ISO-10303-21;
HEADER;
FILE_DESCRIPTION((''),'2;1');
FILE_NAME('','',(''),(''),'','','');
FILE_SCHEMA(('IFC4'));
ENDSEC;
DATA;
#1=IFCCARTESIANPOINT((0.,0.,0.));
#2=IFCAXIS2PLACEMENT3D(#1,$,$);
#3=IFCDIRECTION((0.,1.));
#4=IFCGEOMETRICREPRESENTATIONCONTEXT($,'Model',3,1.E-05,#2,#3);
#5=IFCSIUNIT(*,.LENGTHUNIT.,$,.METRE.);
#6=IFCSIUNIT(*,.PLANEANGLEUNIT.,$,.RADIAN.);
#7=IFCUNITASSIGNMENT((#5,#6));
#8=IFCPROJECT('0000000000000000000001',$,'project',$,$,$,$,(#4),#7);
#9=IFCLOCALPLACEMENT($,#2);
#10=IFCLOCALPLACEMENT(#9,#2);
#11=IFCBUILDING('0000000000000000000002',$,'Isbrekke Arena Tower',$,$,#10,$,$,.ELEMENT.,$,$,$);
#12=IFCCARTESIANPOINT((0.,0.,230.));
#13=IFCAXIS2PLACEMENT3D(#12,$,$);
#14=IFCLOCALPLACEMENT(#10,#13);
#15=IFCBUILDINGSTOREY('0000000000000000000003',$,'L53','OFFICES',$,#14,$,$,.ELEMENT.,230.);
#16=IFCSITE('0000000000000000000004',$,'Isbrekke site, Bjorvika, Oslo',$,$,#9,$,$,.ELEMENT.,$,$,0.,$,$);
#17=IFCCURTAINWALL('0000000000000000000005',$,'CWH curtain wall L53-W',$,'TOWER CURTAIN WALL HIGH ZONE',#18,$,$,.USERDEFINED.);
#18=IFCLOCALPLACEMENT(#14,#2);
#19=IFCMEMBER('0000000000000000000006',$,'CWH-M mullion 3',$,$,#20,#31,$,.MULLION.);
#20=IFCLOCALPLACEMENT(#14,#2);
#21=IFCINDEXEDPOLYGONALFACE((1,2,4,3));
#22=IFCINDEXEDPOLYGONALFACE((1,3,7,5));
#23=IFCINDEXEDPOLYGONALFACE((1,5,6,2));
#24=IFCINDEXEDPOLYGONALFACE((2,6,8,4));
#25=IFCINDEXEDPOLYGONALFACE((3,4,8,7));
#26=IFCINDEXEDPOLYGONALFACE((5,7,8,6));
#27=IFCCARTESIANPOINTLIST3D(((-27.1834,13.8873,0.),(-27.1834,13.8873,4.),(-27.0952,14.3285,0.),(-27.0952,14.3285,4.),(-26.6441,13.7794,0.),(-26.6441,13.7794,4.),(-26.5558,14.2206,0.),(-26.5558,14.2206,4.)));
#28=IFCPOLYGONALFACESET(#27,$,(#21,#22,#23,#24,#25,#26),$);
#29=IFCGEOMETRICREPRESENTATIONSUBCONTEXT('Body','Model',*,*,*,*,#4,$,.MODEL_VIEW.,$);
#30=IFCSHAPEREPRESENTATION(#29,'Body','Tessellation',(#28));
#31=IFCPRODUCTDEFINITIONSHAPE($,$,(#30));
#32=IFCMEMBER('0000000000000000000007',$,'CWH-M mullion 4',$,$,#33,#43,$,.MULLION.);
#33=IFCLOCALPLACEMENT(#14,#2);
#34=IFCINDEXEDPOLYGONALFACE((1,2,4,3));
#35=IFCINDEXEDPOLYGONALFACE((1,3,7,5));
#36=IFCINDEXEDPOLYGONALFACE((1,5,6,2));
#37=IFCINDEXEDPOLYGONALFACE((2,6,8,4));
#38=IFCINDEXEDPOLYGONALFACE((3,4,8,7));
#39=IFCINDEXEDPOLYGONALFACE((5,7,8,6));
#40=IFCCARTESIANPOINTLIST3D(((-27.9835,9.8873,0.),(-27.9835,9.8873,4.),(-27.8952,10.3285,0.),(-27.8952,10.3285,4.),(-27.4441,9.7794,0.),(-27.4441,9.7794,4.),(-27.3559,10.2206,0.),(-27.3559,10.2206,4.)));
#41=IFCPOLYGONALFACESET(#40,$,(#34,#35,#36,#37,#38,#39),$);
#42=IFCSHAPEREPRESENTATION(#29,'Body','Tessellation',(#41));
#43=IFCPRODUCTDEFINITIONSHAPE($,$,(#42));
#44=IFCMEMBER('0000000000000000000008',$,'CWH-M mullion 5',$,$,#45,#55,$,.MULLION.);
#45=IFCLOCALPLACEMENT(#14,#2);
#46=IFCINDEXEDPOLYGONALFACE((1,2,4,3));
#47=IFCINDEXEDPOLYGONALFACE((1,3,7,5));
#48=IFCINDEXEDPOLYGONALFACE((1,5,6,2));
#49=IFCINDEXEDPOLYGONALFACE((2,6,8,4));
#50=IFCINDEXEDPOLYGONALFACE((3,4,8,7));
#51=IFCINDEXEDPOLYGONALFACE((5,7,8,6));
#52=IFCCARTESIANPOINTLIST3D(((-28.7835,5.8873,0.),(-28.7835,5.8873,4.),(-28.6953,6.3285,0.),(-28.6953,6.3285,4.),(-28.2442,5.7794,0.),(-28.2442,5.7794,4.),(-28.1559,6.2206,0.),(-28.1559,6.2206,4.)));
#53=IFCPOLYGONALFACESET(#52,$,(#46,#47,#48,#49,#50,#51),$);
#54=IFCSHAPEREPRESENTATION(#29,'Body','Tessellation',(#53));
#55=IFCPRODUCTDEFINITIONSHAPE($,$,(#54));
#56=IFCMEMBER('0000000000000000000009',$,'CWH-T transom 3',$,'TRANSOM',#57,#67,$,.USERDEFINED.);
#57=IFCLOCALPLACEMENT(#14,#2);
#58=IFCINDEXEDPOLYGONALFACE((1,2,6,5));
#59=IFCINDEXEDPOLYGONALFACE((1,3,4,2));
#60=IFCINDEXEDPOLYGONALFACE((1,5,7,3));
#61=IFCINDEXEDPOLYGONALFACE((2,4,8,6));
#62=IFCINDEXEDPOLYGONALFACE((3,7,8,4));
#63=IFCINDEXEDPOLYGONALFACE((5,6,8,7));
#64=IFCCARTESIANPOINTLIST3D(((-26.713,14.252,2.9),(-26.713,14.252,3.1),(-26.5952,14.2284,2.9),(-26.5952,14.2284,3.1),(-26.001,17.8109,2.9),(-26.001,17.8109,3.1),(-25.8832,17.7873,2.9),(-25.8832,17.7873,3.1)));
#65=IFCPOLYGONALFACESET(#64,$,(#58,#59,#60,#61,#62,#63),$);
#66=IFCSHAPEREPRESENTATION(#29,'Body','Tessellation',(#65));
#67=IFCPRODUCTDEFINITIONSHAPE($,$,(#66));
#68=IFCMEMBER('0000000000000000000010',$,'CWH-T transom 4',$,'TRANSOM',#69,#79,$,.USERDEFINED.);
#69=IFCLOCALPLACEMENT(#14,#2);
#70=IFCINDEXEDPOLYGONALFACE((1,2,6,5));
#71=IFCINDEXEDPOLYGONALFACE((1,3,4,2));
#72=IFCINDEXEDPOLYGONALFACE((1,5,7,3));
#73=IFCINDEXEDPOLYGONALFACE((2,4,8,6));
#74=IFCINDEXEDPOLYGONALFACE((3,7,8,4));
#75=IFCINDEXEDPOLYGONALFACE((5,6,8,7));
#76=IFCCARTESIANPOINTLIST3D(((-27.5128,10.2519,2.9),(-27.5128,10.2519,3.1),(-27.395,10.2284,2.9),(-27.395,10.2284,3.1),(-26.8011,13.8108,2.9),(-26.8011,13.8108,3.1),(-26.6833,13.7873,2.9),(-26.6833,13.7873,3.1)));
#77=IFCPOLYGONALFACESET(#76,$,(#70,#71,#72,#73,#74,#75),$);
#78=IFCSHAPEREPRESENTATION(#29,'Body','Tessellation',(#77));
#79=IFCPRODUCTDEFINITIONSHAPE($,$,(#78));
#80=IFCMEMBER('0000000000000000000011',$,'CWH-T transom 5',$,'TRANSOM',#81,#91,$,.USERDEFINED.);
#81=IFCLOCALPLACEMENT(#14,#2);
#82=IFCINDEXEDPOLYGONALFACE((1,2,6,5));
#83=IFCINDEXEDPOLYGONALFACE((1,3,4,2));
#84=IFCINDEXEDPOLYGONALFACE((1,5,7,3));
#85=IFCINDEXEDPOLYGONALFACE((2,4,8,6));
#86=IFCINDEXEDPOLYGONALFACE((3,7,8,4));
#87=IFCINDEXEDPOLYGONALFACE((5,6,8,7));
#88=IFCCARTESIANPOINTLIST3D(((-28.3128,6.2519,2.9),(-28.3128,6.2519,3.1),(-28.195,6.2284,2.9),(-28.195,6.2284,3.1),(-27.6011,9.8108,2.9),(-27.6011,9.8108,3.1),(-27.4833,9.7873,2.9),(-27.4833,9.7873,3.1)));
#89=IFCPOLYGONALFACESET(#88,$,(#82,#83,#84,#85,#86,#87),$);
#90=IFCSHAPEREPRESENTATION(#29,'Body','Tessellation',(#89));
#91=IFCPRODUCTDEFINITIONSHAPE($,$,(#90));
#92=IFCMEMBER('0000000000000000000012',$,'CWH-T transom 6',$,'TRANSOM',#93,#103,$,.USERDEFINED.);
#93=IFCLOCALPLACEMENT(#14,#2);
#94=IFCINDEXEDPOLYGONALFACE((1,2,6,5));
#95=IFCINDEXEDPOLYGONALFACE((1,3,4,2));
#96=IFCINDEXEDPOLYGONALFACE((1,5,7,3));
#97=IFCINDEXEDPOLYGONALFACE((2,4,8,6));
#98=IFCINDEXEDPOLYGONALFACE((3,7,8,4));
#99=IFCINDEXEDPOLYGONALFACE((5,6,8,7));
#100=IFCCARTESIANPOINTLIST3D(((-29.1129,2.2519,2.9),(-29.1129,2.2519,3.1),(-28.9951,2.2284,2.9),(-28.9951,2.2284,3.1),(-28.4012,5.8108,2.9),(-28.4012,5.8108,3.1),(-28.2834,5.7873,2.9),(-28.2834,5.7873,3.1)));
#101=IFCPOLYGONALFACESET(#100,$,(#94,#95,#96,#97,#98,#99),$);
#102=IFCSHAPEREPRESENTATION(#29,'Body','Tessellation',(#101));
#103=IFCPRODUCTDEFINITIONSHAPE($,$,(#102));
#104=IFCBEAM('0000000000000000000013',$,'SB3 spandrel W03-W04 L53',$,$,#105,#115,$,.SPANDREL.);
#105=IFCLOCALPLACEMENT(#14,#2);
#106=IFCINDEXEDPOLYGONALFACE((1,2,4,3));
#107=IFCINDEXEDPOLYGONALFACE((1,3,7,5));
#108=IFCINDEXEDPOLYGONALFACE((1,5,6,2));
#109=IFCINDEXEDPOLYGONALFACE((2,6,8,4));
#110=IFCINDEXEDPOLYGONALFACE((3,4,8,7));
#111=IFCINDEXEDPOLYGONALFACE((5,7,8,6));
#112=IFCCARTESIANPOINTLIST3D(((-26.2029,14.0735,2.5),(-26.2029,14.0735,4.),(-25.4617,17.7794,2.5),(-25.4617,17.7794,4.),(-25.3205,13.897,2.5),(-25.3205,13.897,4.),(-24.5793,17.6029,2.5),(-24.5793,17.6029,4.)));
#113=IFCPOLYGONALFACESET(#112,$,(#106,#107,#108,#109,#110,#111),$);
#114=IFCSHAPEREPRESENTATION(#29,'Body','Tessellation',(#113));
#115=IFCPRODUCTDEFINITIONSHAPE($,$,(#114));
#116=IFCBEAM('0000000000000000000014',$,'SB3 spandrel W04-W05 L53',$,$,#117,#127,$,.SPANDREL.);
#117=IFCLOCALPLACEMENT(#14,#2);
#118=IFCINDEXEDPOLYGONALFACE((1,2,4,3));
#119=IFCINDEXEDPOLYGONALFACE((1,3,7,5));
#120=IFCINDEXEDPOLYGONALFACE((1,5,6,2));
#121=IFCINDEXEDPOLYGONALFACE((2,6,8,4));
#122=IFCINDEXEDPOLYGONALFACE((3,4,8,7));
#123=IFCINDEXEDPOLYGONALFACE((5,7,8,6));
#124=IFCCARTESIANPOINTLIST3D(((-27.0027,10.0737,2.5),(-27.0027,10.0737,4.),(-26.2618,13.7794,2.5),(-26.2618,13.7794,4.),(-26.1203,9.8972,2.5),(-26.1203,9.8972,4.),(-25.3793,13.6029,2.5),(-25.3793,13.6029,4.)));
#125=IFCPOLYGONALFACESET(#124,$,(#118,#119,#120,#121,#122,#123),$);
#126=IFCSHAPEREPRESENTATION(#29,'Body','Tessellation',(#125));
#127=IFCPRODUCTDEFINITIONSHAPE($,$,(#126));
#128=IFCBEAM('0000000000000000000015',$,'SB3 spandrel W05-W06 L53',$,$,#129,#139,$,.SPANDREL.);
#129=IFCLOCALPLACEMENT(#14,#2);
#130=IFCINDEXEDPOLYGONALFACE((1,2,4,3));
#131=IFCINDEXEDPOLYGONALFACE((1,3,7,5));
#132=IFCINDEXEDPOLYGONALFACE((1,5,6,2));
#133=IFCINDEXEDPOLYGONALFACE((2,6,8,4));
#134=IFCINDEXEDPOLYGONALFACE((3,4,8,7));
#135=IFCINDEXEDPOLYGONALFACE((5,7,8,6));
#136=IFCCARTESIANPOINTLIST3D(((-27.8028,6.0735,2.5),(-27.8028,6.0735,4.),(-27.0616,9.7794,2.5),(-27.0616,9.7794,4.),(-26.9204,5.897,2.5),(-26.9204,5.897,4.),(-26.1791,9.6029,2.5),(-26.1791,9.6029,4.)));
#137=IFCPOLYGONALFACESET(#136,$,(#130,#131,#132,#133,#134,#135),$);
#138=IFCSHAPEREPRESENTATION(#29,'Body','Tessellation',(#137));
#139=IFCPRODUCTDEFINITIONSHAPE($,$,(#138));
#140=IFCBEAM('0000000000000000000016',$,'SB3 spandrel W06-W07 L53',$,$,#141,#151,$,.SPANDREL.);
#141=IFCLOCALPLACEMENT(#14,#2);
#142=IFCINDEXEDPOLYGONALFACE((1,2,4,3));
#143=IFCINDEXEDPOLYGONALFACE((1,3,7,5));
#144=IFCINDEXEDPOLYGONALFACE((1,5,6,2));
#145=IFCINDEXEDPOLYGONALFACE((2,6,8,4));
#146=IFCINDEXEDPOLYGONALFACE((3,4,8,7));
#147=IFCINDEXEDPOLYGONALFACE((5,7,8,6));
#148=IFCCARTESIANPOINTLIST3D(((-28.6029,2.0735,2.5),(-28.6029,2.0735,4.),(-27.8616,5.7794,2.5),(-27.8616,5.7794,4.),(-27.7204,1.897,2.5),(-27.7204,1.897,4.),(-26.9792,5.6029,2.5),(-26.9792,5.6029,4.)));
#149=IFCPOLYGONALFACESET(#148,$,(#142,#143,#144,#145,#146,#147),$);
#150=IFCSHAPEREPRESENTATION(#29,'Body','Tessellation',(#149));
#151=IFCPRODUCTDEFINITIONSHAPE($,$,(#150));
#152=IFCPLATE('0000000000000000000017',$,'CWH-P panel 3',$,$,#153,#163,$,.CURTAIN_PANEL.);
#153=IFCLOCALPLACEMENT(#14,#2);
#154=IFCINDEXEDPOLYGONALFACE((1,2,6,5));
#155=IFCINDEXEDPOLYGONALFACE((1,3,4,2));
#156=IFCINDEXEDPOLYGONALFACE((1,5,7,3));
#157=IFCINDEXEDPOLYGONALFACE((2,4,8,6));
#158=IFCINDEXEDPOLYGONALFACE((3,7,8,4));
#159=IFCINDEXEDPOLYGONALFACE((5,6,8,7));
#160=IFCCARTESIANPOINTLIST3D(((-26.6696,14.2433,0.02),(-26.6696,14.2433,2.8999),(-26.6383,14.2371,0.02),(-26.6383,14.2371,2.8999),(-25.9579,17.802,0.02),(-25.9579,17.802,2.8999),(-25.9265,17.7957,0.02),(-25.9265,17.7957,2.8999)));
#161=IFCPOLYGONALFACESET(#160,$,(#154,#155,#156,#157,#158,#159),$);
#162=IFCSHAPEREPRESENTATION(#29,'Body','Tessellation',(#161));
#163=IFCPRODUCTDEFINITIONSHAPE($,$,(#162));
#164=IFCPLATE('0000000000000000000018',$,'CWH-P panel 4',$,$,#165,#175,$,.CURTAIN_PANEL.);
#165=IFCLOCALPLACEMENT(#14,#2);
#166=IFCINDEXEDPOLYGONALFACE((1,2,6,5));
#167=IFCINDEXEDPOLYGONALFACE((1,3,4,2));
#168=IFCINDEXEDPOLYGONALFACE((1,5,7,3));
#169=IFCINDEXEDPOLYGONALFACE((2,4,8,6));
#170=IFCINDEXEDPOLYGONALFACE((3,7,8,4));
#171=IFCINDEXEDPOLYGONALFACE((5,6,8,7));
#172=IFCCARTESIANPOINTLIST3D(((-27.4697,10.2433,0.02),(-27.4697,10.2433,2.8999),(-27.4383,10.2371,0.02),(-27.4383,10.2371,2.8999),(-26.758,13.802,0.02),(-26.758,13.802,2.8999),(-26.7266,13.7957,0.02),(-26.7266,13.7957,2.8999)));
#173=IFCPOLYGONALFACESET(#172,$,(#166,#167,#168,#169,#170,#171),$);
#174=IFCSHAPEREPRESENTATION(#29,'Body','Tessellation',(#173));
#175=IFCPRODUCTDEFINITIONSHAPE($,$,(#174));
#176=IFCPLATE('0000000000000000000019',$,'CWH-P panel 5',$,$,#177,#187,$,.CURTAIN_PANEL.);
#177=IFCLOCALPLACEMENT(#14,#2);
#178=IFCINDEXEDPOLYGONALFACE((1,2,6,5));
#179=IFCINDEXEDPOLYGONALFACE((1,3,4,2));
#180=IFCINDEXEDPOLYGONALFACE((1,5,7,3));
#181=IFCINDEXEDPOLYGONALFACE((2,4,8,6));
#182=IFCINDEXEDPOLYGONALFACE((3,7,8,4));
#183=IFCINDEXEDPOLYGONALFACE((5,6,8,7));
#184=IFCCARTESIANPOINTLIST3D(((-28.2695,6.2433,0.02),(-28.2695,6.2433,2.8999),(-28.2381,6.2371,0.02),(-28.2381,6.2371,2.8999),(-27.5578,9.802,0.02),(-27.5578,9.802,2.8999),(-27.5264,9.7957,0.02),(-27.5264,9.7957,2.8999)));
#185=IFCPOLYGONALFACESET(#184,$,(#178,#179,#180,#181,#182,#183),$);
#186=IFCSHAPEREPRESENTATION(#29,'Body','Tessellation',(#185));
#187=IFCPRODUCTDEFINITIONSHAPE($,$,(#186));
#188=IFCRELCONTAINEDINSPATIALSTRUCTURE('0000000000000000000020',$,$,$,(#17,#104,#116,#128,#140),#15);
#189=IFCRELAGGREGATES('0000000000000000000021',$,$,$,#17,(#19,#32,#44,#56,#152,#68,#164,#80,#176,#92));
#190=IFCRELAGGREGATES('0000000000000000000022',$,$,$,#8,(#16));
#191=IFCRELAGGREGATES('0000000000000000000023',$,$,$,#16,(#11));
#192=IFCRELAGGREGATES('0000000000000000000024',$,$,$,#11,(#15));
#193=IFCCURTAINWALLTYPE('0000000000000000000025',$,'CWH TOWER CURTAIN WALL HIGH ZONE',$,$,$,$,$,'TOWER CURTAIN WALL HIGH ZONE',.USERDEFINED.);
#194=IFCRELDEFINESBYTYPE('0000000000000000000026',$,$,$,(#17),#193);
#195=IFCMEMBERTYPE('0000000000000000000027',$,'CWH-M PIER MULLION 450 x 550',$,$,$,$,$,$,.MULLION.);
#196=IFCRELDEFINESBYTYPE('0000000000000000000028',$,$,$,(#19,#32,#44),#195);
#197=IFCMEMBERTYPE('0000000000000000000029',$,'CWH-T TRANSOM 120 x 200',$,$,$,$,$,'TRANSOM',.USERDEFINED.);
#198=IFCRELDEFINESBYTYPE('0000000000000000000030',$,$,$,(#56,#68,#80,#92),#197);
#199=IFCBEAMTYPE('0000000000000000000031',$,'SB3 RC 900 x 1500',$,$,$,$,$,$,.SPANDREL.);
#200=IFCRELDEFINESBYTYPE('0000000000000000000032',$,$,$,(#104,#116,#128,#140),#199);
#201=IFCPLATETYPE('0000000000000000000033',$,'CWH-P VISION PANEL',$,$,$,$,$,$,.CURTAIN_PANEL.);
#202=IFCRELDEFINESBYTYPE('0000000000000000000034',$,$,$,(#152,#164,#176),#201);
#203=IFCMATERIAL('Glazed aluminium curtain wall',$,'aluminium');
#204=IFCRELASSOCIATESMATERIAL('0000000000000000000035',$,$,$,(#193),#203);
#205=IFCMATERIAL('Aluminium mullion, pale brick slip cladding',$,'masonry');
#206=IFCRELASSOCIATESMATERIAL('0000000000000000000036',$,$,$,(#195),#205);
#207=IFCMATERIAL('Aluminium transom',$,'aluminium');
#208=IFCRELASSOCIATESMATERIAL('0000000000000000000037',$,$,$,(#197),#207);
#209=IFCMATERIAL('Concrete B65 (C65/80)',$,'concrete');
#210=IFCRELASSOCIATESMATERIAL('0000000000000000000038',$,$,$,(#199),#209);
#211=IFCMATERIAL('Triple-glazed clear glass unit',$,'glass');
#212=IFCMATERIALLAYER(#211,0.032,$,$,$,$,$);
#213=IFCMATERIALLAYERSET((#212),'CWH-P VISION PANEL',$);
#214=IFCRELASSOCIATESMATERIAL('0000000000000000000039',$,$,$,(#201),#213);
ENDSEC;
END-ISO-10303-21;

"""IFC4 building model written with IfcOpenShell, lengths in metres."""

from ifc_helpers import new_model, si_unit, direction, frame, origin, origin_2d, place, context, subcontext, project, spatial, rectangle, extrude, material, layer, layer_set, material_profile, profile_set, type_object, element, aggregate, save


model = new_model("IFC4")

# Units and contexts
model_context = context("Model", 3, precision=1e-05, world=origin(), true_north=direction((0.0, 1.0)))
body_context = subcontext(model_context, "Body", "Model", "MODEL_VIEW")
ifc_project = project(units=[si_unit("LENGTHUNIT", "METRE"), si_unit("PLANEANGLEUNIT", "RADIAN")], contexts=[model_context])

# Site, building, storey
site_placement = place(None, origin())
site = spatial("IfcSite", under=ifc_project, at=site_placement, Name="Isbrekke site, Bjorvika, Oslo", CompositionType="ELEMENT", RefElevation=0.0)
building_placement = place(site_placement, origin())
building = spatial("IfcBuilding", under=site, at=building_placement, Name="Isbrekke Arena Tower", CompositionType="ELEMENT")
storey_placement = place(building_placement, frame((0.0, 0.0, 230.0)))
storey = spatial("IfcBuildingStorey", under=building, at=storey_placement, Name="L53", Description="OFFICES", CompositionType="ELEMENT", Elevation=230.0)

# Curtain wall, members
ifc_material_1 = material(Name="Glazed aluminium curtain wall", Category="aluminium")
curtain_wall_type = type_object("IfcCurtainWallType", Name="CWH TOWER CURTAIN WALL HIGH ZONE", ElementType="TOWER CURTAIN WALL HIGH ZONE", PredefinedType="USERDEFINED", material=ifc_material_1)
curtain_wall_placement = place(storey_placement, origin())
curtain_wall = element("IfcCurtainWall", 1, at=curtain_wall_placement, inside=storey, type_object=curtain_wall_type, Name="CWH curtain wall L53-W", ObjectType="TOWER CURTAIN WALL HIGH ZONE", PredefinedType="USERDEFINED")
ifc_material_2 = material(Name="Aluminium mullion, pale brick slip cladding", Category="masonry")
ifc_material_profile_1 = material_profile(ifc_material_2, rectangle(XDim=0.45, YDim=0.55, at=origin_2d()), Name="PIER 450X550")
ifc_profile_set_1 = profile_set([ifc_material_profile_1], Name="Aluminium mullion, pale brick slip cladding")
member_type_1 = type_object("IfcMemberType", Name="CWH-M PIER MULLION 450 x 550", PredefinedType="MULLION", material=ifc_profile_set_1)
member_1_placement = place(storey_placement, frame((-26.8696, 14.054, 0.0), z_axis=(0.0, 0.0, 1.0), x_axis=(-0.196116, -0.980581, 0.0)))
member_1 = element("IfcMember", 2, at=member_1_placement, type_object=member_type_1, Name="CWH-M mullion 3", PredefinedType="MULLION", context=body_context, shape_type="SweptSolid", body=[
    extrude(rectangle(XDim=0.45, YDim=0.55, at=origin_2d()), origin(), (0.0, 0.0, 1.0), 4.0),
])
member_2_placement = place(storey_placement, frame((-27.6697, 10.054, 0.0), z_axis=(0.0, 0.0, 1.0), x_axis=(-0.196116, -0.980581, 0.0)))
member_2 = element("IfcMember", 3, at=member_2_placement, type_object=member_type_1, Name="CWH-M mullion 4", PredefinedType="MULLION", context=body_context, shape_type="SweptSolid", body=[
    extrude(rectangle(XDim=0.45, YDim=0.55, at=origin_2d()), origin(), (0.0, 0.0, 1.0), 4.0),
])
member_3_placement = place(storey_placement, frame((-28.4697, 6.054, 0.0), z_axis=(0.0, 0.0, 1.0), x_axis=(-0.196116, -0.980581, 0.0)))
member_3 = element("IfcMember", 4, at=member_3_placement, type_object=member_type_1, Name="CWH-M mullion 5", PredefinedType="MULLION", context=body_context, shape_type="SweptSolid", body=[
    extrude(rectangle(XDim=0.45, YDim=0.55, at=origin_2d()), origin(), (0.0, 0.0, 1.0), 4.0),
])
ifc_material_3 = material(Name="Aluminium transom", Category="aluminium")
ifc_material_profile_2 = material_profile(ifc_material_3, rectangle(XDim=0.1201, YDim=0.2, at=origin_2d()), Name="TRANSOM 120X200")
ifc_profile_set_2 = profile_set([ifc_material_profile_2], Name="Aluminium transom")
member_type_2 = type_object("IfcMemberType", Name="CWH-T TRANSOM 120 x 200", ElementType="TRANSOM", PredefinedType="USERDEFINED", material=ifc_profile_set_2)
member_4_placement = place(storey_placement, frame((-25.9421, 17.7991, 3.0), z_axis=(-0.196155, -0.980573, 0.0), x_axis=(0.980573, -0.196155, 0.0)))
member_4 = element("IfcMember", 5, at=member_4_placement, type_object=member_type_2, Name="CWH-T transom 3", ObjectType="TRANSOM", PredefinedType="USERDEFINED", context=body_context, shape_type="SweptSolid", body=[
    extrude(rectangle(XDim=0.1201, YDim=0.2, at=origin_2d()), origin(), (0.0, 0.0, 1.0), 3.6294),
])
member_5_placement = place(storey_placement, frame((-26.7422, 13.7991, 3.0), z_axis=(-0.19609, -0.980586, 0.0), x_axis=(0.980586, -0.19609, 0.0)))
member_5 = element("IfcMember", 6, at=member_5_placement, type_object=member_type_2, Name="CWH-T transom 4", ObjectType="TRANSOM", PredefinedType="USERDEFINED", context=body_context, shape_type="SweptSolid", body=[
    extrude(rectangle(XDim=0.1201, YDim=0.2, at=origin_2d()), origin(), (0.0, 0.0, 1.0), 3.6294),
])
member_6_placement = place(storey_placement, frame((-27.5422, 9.7991, 3.0), z_axis=(-0.19609, -0.980586, 0.0), x_axis=(0.980586, -0.19609, 0.0)))
member_6 = element("IfcMember", 7, at=member_6_placement, type_object=member_type_2, Name="CWH-T transom 5", ObjectType="TRANSOM", PredefinedType="USERDEFINED", context=body_context, shape_type="SweptSolid", body=[
    extrude(rectangle(XDim=0.1201, YDim=0.2, at=origin_2d()), origin(), (0.0, 0.0, 1.0), 3.6294),
])
member_7_placement = place(storey_placement, frame((-28.3423, 5.7991, 3.0), z_axis=(-0.19609, -0.980586, 0.0), x_axis=(0.980586, -0.19609, 0.0)))
member_7 = element("IfcMember", 8, at=member_7_placement, type_object=member_type_2, Name="CWH-T transom 6", ObjectType="TRANSOM", PredefinedType="USERDEFINED", context=body_context, shape_type="SweptSolid", body=[
    extrude(rectangle(XDim=0.1201, YDim=0.2, at=origin_2d()), origin(), (0.0, 0.0, 1.0), 3.6294),
])

# Beams
ifc_material_4 = material(Name="Concrete B65 (C65/80)", Category="concrete")
ifc_material_profile_3 = material_profile(ifc_material_4, rectangle(XDim=0.8999, YDim=1.5, at=origin_2d()), Name="RC 900x1500")
ifc_profile_set_3 = profile_set([ifc_material_profile_3], Name="Concrete B65 (C65/80)")
beam_type_1 = type_object("IfcBeamType", Name="SB3 RC 900 x 1500", PredefinedType="SPANDREL", material=ifc_profile_set_3)
beam_1_placement = place(storey_placement, frame((-25.0205, 17.6912, 3.25), z_axis=(-0.196129, -0.980578, 0.0), x_axis=(0.980578, -0.196129, 0.0)))
element("IfcBeam", 9, at=beam_1_placement, inside=storey, type_object=beam_type_1, Name="SB3 spandrel W03-W04 L53", PredefinedType="SPANDREL", context=body_context, shape_type="SweptSolid", body=[
    extrude(rectangle(XDim=0.8999, YDim=1.5, at=origin_2d()), origin(), (0.0, 0.0, 1.0), 3.7793),
])
beam_2_placement = place(storey_placement, frame((-25.8206, 13.6912, 3.25), z_axis=(-0.196066, -0.980591, 0.0), x_axis=(0.980591, -0.196066, 0.0)))
element("IfcBeam", 10, at=beam_2_placement, inside=storey, type_object=beam_type_1, Name="SB3 spandrel W04-W05 L53", PredefinedType="SPANDREL", context=body_context, shape_type="SweptSolid", body=[
    extrude(rectangle(XDim=0.8999, YDim=1.5, at=origin_2d()), origin(), (0.0, 0.0, 1.0), 3.7791),
])
for number, where, z_axis, x_axis, name in (
    (11, (-26.6204, 9.6912, 3.25), (-0.196129, -0.980578, 0.0), (0.980578, -0.196129, 0.0), "SB3 spandrel W05-W06 L53"),
    (12, (-27.4204, 5.6912, 3.25), (-0.196129, -0.980578, 0.0), (0.980578, -0.196129, 0.0), "SB3 spandrel W06-W07 L53"),
):
    element("IfcBeam", number, at=place(storey_placement, frame(where, z_axis=z_axis, x_axis=x_axis)), inside=storey, type_object=beam_type_1, Name=name, PredefinedType="SPANDREL", context=body_context, shape_type="SweptSolid", body=[
        extrude(rectangle(XDim=0.8999, YDim=1.5, at=origin_2d()), origin(), (0.0, 0.0, 1.0), 3.7793),
    ])

# Plates
ifc_material_5 = material(Name="Triple-glazed clear glass unit", Category="glass")
ifc_layer_1 = layer(ifc_material_5, 0.032)
ifc_layer_set_1 = layer_set([ifc_layer_1], Name="CWH-P VISION PANEL")
plate_type = type_object("IfcPlateType", Name="CWH-P VISION PANEL", PredefinedType="CURTAIN_PANEL", material=ifc_layer_set_1)
plate_1_placement = place(storey_placement, frame((-26.2981, 16.0195, 0.02), z_axis=(0.0, 0.0, 1.0), x_axis=(-0.196116, -0.980581, 0.0)))
plate_1 = element("IfcPlate", 13, at=plate_1_placement, type_object=plate_type, Name="CWH-P panel 3", PredefinedType="CURTAIN_PANEL", context=body_context, shape_type="SweptSolid", body=[
    extrude(rectangle(XDim=3.6292, YDim=0.032, at=origin_2d()), origin(), (0.0, 0.0, 1.0), 2.8799),
])
plate_2_placement = place(storey_placement, frame((-27.0981, 12.0195, 0.02), z_axis=(0.0, 0.0, 1.0), x_axis=(-0.196116, -0.980581, 0.0)))
plate_2 = element("IfcPlate", 14, at=plate_2_placement, type_object=plate_type, Name="CWH-P panel 4", PredefinedType="CURTAIN_PANEL", context=body_context, shape_type="SweptSolid", body=[
    extrude(rectangle(XDim=3.6292, YDim=0.032, at=origin_2d()), origin(), (0.0, 0.0, 1.0), 2.8799),
])
plate_3_placement = place(storey_placement, frame((-27.8979, 8.0195, 0.02), z_axis=(0.0, 0.0, 1.0), x_axis=(-0.196116, -0.980581, 0.0)))
plate_3 = element("IfcPlate", 15, at=plate_3_placement, type_object=plate_type, Name="CWH-P panel 5", PredefinedType="CURTAIN_PANEL", context=body_context, shape_type="SweptSolid", body=[
    extrude(rectangle(XDim=3.6292, YDim=0.032, at=origin_2d()), origin(), (0.0, 0.0, 1.0), 2.8799),
])
aggregate(curtain_wall, [member_1, member_2, member_3, member_4, plate_1, member_5, plate_2, member_6, plate_3, member_7])

save(model, "model.ifc")
